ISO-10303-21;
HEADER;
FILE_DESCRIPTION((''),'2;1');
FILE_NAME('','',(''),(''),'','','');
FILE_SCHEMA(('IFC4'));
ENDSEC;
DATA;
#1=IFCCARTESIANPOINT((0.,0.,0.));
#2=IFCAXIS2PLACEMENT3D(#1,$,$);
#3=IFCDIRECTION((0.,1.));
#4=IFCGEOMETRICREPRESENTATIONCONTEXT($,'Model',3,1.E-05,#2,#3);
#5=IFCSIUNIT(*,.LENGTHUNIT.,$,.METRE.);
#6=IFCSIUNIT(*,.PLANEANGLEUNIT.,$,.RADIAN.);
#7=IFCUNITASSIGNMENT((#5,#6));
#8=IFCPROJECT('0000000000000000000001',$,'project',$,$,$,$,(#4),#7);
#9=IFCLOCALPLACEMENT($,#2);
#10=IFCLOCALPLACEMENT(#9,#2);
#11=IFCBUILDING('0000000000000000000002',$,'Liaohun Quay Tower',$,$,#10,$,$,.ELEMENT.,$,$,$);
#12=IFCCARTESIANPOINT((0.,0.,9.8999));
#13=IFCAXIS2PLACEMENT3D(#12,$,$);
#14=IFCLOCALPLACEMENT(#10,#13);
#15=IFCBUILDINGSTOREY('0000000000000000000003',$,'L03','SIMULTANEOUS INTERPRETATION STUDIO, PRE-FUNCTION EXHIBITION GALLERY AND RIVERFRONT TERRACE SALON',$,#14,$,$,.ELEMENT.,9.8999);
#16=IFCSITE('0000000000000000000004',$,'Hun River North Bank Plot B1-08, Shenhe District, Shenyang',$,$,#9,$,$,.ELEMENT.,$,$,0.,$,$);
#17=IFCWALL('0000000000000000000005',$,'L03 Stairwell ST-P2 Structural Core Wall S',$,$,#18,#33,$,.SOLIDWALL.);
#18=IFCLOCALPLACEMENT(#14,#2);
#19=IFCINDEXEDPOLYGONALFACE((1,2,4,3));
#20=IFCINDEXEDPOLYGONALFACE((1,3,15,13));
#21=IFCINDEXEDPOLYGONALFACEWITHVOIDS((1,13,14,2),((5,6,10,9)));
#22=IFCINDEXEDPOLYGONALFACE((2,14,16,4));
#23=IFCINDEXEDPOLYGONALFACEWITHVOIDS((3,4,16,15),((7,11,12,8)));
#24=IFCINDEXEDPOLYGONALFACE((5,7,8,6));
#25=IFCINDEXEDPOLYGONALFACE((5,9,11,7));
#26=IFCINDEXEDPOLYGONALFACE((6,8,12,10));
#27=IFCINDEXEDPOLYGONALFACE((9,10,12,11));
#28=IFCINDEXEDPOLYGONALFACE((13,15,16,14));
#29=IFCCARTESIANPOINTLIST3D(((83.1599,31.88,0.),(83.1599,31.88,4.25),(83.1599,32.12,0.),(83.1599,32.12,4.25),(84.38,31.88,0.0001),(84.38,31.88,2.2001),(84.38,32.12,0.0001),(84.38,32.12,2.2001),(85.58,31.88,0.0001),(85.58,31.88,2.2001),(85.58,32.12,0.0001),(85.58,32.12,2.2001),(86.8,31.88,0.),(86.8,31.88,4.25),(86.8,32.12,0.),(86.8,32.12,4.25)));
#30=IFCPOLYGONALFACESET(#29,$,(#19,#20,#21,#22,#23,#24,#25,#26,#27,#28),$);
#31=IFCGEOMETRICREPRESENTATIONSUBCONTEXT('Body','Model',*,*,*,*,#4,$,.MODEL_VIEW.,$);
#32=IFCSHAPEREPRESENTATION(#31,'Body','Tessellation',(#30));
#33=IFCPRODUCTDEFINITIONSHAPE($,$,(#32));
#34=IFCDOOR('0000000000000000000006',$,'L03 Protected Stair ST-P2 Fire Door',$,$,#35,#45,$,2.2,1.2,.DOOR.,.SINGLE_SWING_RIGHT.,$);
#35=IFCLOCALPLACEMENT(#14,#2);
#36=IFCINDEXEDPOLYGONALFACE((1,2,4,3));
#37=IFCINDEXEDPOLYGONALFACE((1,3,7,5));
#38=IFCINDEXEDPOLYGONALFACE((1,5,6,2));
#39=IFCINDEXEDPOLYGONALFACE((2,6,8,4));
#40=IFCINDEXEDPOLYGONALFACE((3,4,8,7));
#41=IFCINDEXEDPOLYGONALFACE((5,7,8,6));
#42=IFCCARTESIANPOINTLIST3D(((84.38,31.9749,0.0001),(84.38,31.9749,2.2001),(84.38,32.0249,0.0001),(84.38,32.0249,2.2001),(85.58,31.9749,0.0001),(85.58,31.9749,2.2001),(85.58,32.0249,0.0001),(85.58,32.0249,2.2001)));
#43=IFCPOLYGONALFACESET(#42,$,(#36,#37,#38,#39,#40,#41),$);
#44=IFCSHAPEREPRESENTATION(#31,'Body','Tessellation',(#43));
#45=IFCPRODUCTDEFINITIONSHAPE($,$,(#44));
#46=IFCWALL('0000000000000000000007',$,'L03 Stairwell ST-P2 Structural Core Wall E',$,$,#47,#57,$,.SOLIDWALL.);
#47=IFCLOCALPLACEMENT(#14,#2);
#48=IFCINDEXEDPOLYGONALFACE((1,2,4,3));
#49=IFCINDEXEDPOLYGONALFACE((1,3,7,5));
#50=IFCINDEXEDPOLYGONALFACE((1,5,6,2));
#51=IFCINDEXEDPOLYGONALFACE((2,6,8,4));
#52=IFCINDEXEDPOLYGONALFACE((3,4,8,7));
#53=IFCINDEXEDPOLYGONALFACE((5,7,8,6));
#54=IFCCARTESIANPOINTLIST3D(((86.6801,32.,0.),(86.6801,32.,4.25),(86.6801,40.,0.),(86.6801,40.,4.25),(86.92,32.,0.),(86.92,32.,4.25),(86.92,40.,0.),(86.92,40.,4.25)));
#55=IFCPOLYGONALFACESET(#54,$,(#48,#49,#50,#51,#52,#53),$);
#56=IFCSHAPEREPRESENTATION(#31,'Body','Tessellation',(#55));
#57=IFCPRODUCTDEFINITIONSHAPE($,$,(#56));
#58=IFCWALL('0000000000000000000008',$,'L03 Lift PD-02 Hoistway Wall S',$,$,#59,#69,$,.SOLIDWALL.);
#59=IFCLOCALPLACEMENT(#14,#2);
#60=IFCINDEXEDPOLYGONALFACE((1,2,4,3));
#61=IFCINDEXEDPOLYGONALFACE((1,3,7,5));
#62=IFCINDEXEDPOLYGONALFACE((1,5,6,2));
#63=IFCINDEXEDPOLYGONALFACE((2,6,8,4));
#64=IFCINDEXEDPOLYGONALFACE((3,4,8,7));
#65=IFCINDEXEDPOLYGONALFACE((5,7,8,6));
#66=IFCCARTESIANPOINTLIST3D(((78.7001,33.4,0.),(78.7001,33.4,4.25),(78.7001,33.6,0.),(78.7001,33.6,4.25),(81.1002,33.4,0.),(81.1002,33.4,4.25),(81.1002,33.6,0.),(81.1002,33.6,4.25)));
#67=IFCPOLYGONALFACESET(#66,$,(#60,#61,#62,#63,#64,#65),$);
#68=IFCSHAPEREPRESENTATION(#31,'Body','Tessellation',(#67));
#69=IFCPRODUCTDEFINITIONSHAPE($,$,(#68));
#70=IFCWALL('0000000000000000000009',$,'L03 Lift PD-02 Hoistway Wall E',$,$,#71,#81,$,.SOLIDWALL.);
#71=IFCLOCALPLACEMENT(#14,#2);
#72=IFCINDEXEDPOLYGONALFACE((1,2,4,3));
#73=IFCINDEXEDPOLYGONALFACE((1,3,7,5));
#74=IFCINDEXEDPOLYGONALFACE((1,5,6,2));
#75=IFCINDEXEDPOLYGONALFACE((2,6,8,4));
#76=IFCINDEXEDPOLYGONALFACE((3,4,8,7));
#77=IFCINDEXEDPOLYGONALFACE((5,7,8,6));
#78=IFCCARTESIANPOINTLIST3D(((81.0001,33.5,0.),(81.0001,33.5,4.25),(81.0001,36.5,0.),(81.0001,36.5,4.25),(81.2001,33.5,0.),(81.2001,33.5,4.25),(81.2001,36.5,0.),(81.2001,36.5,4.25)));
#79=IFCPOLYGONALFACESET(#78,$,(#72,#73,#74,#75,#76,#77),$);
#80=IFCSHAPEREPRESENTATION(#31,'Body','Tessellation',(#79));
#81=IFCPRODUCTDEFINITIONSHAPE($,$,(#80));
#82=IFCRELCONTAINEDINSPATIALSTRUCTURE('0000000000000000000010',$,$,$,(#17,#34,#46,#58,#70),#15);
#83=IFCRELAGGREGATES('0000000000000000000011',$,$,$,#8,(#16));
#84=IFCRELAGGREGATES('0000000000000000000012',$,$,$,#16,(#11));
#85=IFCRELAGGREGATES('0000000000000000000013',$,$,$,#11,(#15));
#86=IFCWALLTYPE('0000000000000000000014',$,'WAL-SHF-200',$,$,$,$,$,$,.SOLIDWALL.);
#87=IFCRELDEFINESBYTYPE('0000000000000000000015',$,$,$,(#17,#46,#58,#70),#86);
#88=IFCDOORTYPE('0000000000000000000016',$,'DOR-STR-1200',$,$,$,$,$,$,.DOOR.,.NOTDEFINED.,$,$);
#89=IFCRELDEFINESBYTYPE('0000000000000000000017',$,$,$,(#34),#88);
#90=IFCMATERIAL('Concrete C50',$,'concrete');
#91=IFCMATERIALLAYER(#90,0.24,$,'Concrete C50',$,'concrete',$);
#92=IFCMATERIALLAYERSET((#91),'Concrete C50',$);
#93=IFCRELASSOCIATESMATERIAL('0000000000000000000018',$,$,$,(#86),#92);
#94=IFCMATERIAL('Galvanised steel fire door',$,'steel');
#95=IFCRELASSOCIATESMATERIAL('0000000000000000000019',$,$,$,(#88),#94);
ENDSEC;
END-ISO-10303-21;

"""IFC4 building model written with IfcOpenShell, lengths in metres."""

from ifc_helpers import new_model, si_unit, direction, frame, frame_2d, origin, place, context, subcontext, project, spatial, rectangle, extrude, source, transform, mapped, material, layer, layer_set, type_object, element, fill, save


model = new_model("IFC4")

# Units and contexts
model_context = context("Model", 3, precision=1e-05, world=origin(), true_north=direction((0.0, 1.0)))
body_context = subcontext(model_context, "Body", "Model", "MODEL_VIEW")
ifc_project = project(units=[si_unit("LENGTHUNIT", "METRE"), si_unit("PLANEANGLEUNIT", "RADIAN")], contexts=[model_context])

# Site, building, storey
site_placement = place(None, origin())
site = spatial("IfcSite", under=ifc_project, at=site_placement, Name="Hun River North Bank Plot B1-08, Shenhe District, Shenyang", CompositionType="ELEMENT", RefElevation=0.0)
building_placement = place(site_placement, origin())
building = spatial("IfcBuilding", under=site, at=building_placement, Name="Liaohun Quay Tower", CompositionType="ELEMENT")
storey_placement = place(building_placement, frame((0.0, 0.0, 9.8999)))
storey = spatial("IfcBuildingStorey", under=building, at=storey_placement, Name="L03", Description="SIMULTANEOUS INTERPRETATION STUDIO, PRE-FUNCTION EXHIBITION GALLERY AND RIVERFRONT TERRACE SALON", CompositionType="ELEMENT", Elevation=9.8999)

# Wall, opening, door
ifc_material_1 = material(Name="Concrete C50", Category="concrete")
ifc_layer_1 = layer(ifc_material_1, 0.24, Name="Concrete C50", Category="concrete")
ifc_layer_set_1 = layer_set([ifc_layer_1], Name="Concrete C50")
wall_type_1 = type_object("IfcWallType", Name="WAL-SHF-200", PredefinedType="SOLIDWALL", material=ifc_layer_set_1)
wall_1_placement = place(storey_placement, frame((83.1599, 32.0, 0.0), z_axis=(0.0, 0.0, 1.0), x_axis=(1.0, 0.0, 0.0)))
wall_1 = element("IfcWall", 1, at=wall_1_placement, inside=storey, type_object=wall_type_1, Name="L03 Stairwell ST-P2 Structural Core Wall S", PredefinedType="SOLIDWALL", context=body_context, shape_type="SweptSolid", body=[
    extrude(rectangle(XDim=3.6401, YDim=0.24, at=frame_2d((1.8201, 0.0))), origin(), (0.0, 0.0, 1.0), 4.25),
])
shared_shape_1 = source(origin(), body_context, "Body", "SweptSolid", [
    extrude(rectangle(XDim=1.2, YDim=2.2, at=frame_2d((0.6001, 1.1001))), frame((0.0, 0.1299, 0.0), z_axis=(0.0, -1.0, 0.0), x_axis=(1.0, 0.0, 0.0)), (0.0, 0.0, 1.0), 0.26),
])
opening_1_placement = place(wall_1_placement, frame((1.22, 0.0, 0.0)))
opening_1 = element("IfcOpeningElement", 2, at=opening_1_placement, cuts=wall_1, PredefinedType="OPENING", context=body_context, shape_type="MappedRepresentation", body=[
    mapped(shared_shape_1, transform((0.0, 0.0, 0.0), x_axis=(1.0, 0.0, 0.0), y_axis=(0.0, 1.0, 0.0), z_axis=(0.0, 0.0, 1.0), scale=1.0)),
])
ifc_material_2 = material(Name="Galvanised steel fire door", Category="steel")
door_type = type_object("IfcDoorType", Name="DOR-STR-1200", OperationType="NOTDEFINED", PredefinedType="DOOR", material=ifc_material_2)
shared_shape_2 = source(origin(), body_context, "Body", "SweptSolid", [
    extrude(rectangle(XDim=1.2, YDim=2.2, at=frame_2d((0.6001, 1.1001))), frame((0.0, 0.0249, 0.0), z_axis=(0.0, -1.0, 0.0), x_axis=(1.0, 0.0, 0.0)), (0.0, 0.0, 1.0), 0.05),
])
door_placement = place(opening_1_placement, origin())
door = element("IfcDoor", 3, at=door_placement, inside=storey, type_object=door_type, Name="L03 Protected Stair ST-P2 Fire Door", OperationType="SINGLE_SWING_RIGHT", OverallHeight=2.2, OverallWidth=1.2, PredefinedType="DOOR", context=body_context, shape_type="MappedRepresentation", body=[
    mapped(shared_shape_2, transform((0.0, 0.0, 0.0), x_axis=(1.0, 0.0, 0.0), y_axis=(0.0, 1.0, 0.0), z_axis=(0.0, 0.0, 1.0), scale=1.0)),
])
fill(opening_1, door)

# Walls
wall_2_placement = place(storey_placement, frame((86.8, 32.0, 0.0), z_axis=(0.0, 0.0, 1.0), x_axis=(0.0, 1.0, 0.0)))
element("IfcWall", 4, at=wall_2_placement, inside=storey, type_object=wall_type_1, Name="L03 Stairwell ST-P2 Structural Core Wall E", PredefinedType="SOLIDWALL", context=body_context, shape_type="SweptSolid", body=[
    extrude(rectangle(XDim=8.0, YDim=0.24, at=frame_2d((4.0, 0.0))), origin(), (0.0, 0.0, 1.0), 4.25),
])
wall_3_placement = place(storey_placement, frame((78.7, 33.5, 0.0), z_axis=(0.0, 0.0, 1.0), x_axis=(1.0, 0.0, 0.0)))
element("IfcWall", 5, at=wall_3_placement, inside=storey, type_object=wall_type_1, Name="L03 Lift PD-02 Hoistway Wall S", PredefinedType="SOLIDWALL", context=body_context, shape_type="SweptSolid", body=[
    extrude(rectangle(XDim=2.4001, YDim=0.2, at=frame_2d((1.2002, 0.0))), origin(), (0.0, 0.0, 1.0), 4.25),
])
wall_4_placement = place(storey_placement, frame((81.1001, 33.5, 0.0), z_axis=(0.0, 0.0, 1.0), x_axis=(0.0, 1.0, 0.0)))
element("IfcWall", 6, at=wall_4_placement, inside=storey, type_object=wall_type_1, Name="L03 Lift PD-02 Hoistway Wall E", PredefinedType="SOLIDWALL", context=body_context, shape_type="SweptSolid", body=[
    extrude(rectangle(XDim=3.0, YDim=0.2, at=frame_2d((1.5, 0.0))), origin(), (0.0, 0.0, 1.0), 4.25),
])

save(model, "model.ifc")
